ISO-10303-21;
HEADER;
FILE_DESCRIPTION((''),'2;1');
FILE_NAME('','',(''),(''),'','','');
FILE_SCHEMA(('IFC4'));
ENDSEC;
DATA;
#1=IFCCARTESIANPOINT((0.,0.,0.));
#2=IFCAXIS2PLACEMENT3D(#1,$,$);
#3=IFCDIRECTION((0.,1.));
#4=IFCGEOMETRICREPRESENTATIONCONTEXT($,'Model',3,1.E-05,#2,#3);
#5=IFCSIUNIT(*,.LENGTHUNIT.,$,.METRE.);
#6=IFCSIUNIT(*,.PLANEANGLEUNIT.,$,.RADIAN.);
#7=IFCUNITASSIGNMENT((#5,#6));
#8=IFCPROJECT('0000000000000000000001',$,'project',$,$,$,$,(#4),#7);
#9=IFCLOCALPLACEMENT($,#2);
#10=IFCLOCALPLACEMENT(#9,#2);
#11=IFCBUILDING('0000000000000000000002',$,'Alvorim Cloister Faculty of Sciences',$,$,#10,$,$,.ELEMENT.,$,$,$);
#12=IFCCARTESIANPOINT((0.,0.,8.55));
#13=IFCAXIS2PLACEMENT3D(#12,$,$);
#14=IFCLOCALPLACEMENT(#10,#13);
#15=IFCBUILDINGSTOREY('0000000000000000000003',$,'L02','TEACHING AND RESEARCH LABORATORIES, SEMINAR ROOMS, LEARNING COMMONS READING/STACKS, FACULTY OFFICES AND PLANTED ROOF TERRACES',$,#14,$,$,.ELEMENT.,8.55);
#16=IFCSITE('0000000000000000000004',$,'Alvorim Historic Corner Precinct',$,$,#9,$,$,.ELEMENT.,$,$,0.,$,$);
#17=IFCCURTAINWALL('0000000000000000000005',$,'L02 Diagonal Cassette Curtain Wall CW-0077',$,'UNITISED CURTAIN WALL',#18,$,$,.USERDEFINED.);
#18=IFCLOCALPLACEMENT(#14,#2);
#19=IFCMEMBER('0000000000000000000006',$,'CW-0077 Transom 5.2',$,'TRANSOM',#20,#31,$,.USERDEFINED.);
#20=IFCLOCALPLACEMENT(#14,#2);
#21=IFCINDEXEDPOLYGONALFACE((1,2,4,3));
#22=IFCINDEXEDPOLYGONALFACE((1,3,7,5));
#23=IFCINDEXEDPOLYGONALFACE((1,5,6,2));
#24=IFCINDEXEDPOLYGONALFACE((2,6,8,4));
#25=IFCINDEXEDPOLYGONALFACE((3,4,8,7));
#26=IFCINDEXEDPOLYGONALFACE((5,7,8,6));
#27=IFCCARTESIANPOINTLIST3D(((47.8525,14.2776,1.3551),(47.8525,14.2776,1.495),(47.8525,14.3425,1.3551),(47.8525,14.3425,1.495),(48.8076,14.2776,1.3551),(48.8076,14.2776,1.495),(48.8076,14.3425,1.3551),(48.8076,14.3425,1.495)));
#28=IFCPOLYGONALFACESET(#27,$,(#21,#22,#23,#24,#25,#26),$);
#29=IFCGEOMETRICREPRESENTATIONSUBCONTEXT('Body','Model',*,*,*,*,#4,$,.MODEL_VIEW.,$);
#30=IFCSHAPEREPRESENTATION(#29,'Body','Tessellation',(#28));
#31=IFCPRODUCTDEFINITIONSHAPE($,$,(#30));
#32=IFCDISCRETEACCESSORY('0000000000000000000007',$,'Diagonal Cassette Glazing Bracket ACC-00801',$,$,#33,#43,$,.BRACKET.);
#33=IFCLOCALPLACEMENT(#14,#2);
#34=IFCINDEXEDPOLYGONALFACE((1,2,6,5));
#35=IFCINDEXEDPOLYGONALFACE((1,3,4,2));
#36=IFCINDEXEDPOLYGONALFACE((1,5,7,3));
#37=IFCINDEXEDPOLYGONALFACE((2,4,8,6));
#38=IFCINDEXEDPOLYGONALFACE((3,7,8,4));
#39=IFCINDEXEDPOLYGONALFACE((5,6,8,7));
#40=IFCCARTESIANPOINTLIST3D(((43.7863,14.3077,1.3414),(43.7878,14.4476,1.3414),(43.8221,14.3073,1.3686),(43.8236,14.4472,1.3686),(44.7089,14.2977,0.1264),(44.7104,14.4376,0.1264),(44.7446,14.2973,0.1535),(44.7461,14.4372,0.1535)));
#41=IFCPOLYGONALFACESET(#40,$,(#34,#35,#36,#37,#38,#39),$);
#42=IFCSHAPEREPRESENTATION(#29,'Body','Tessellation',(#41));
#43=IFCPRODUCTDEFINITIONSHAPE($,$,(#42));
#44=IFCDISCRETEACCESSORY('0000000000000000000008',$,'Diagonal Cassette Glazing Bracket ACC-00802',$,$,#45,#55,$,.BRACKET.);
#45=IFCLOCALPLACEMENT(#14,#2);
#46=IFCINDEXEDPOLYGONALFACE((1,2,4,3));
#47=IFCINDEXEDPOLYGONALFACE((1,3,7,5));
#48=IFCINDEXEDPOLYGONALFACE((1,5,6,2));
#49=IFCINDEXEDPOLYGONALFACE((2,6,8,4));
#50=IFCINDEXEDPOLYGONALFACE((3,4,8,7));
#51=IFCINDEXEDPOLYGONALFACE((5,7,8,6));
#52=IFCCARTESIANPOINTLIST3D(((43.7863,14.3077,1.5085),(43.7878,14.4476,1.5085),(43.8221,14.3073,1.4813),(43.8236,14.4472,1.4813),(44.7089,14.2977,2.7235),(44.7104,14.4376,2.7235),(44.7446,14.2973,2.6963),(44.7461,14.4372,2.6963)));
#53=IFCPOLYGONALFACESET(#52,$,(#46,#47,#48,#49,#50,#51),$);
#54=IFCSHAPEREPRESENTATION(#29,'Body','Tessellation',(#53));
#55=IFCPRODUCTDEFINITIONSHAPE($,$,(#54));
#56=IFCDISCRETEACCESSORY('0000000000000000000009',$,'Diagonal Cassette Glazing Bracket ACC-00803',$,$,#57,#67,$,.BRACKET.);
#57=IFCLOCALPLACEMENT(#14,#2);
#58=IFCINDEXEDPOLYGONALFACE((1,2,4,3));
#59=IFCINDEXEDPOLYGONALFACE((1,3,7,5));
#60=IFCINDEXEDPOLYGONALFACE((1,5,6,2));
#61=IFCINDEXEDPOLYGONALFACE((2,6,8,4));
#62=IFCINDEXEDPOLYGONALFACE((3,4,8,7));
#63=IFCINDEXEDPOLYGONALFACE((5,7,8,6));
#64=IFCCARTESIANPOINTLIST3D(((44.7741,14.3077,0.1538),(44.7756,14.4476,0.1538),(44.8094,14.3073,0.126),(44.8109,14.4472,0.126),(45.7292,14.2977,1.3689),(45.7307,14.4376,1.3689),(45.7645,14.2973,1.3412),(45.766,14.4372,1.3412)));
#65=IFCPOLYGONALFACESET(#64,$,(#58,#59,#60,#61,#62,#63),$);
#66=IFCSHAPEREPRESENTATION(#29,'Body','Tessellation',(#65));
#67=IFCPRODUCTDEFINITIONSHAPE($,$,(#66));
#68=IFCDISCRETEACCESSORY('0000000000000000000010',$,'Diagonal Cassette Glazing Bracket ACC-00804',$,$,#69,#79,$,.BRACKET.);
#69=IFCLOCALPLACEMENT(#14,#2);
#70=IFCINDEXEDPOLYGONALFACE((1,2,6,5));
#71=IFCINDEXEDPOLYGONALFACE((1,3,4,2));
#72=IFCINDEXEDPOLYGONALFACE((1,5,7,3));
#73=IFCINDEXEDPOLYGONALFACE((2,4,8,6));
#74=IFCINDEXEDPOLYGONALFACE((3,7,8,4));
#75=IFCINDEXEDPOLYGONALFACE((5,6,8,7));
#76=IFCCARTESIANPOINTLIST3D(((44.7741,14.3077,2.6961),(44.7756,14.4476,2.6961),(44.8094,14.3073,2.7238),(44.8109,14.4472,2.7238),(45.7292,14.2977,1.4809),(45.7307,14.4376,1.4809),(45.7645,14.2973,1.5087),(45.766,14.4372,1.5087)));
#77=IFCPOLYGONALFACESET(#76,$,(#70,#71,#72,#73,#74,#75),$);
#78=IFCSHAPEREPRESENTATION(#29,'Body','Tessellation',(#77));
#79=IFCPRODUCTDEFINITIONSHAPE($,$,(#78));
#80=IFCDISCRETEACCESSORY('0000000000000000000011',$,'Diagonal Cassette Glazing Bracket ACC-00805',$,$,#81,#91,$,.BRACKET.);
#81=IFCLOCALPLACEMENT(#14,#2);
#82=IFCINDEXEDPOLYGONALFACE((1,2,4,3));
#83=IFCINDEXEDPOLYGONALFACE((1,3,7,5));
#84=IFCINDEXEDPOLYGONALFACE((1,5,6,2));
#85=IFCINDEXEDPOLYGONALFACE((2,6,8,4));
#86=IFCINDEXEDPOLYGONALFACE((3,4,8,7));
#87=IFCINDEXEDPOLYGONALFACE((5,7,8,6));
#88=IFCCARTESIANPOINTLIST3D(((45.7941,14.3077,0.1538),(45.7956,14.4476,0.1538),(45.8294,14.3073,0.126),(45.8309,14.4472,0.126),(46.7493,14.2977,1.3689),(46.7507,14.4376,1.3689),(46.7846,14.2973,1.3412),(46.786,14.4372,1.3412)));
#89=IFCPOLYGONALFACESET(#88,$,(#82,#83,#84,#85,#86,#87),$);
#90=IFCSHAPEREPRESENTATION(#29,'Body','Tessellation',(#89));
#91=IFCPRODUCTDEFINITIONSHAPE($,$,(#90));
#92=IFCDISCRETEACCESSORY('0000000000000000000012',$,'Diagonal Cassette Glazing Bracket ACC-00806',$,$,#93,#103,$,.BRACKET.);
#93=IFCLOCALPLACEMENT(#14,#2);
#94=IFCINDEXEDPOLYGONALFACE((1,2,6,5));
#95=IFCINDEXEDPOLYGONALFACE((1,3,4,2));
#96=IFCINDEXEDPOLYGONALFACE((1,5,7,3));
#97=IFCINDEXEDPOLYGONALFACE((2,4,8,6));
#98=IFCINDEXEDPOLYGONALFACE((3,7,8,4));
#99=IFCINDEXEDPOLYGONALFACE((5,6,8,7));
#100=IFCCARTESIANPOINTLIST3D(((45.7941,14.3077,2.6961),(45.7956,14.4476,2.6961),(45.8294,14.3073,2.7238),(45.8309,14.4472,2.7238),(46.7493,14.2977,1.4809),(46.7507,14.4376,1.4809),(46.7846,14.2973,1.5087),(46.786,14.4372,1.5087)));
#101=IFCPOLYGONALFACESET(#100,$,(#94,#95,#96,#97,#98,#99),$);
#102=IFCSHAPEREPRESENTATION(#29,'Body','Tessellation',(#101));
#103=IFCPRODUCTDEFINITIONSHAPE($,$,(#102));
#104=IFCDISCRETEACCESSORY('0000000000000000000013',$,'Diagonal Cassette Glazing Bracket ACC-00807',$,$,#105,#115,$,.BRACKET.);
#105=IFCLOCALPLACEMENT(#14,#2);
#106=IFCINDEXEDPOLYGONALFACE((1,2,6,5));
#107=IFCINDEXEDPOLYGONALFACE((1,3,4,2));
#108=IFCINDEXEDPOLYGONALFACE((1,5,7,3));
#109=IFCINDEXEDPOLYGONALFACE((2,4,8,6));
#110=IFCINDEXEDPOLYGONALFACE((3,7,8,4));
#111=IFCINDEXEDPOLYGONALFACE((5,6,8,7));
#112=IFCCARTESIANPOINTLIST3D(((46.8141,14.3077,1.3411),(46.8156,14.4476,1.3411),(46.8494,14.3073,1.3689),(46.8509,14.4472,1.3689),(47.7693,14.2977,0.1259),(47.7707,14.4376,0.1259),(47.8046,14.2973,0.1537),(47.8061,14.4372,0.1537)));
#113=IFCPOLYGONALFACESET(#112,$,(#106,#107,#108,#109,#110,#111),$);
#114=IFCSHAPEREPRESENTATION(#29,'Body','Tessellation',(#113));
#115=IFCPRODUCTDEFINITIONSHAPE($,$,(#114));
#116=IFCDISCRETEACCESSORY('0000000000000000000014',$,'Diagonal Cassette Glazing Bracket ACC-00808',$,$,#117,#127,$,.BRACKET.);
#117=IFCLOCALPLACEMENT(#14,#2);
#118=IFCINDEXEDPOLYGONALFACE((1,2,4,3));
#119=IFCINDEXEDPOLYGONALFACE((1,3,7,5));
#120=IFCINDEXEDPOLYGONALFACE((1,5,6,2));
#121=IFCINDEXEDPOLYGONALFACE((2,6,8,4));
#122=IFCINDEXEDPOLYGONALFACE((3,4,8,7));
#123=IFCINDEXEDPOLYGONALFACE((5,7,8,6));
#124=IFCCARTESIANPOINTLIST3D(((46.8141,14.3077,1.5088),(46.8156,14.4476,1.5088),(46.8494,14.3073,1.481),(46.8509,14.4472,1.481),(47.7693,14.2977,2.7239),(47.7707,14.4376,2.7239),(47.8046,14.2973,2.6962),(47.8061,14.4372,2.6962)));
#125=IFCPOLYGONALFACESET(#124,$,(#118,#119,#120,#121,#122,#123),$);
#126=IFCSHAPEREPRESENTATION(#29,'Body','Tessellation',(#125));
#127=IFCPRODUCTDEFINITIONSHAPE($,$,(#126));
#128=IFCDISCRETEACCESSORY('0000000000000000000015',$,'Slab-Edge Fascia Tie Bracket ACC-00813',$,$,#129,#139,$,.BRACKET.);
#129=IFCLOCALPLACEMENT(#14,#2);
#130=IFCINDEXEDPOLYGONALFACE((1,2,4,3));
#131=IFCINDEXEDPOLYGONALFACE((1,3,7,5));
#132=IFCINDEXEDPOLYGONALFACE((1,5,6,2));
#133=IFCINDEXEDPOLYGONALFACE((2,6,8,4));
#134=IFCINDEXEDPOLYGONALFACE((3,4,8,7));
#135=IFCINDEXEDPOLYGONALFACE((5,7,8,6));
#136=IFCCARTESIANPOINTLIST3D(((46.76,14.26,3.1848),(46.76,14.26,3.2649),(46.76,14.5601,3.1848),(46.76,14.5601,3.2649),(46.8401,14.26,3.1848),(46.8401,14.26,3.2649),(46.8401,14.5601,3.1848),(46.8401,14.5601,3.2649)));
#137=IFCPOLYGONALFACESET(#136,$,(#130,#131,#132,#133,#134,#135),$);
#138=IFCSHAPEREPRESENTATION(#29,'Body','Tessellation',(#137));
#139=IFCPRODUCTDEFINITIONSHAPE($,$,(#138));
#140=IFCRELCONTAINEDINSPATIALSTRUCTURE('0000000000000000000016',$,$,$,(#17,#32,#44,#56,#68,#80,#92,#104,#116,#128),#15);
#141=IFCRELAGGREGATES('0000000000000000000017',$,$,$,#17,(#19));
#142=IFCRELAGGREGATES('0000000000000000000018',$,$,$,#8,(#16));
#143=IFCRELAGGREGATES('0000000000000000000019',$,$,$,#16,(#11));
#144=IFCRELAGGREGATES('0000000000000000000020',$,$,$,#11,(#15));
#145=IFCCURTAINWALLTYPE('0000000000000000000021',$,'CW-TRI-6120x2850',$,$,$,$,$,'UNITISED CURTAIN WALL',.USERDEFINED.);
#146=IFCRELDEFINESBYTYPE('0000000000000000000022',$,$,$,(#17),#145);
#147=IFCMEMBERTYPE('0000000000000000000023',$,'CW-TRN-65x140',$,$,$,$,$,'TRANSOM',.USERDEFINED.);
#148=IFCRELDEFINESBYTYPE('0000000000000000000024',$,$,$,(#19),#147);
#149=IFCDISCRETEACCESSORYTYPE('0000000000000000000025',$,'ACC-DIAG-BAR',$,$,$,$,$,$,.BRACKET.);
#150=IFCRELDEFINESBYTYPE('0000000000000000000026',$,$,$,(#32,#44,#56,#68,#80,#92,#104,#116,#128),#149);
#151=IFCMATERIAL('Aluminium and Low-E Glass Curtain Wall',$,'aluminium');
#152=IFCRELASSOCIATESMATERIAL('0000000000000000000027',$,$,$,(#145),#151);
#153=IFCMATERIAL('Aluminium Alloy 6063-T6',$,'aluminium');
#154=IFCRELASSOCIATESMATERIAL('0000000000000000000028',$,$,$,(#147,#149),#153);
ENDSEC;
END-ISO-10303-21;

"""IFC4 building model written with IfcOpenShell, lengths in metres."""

from ifc_helpers import new_model, si_unit, direction, frame, origin, origin_2d, place, context, subcontext, project, spatial, rectangle, extrude, material, material_profile, profile_set, type_object, element, aggregate, save


model = new_model("IFC4")

# Units and contexts
model_context = context("Model", 3, precision=1e-05, world=origin(), true_north=direction((0.0, 1.0)))
body_context = subcontext(model_context, "Body", "Model", "MODEL_VIEW")
ifc_project = project(units=[si_unit("LENGTHUNIT", "METRE"), si_unit("PLANEANGLEUNIT", "RADIAN")], contexts=[model_context])

# Site, building, storey
site_placement = place(None, origin())
site = spatial("IfcSite", under=ifc_project, at=site_placement, Name="Alvorim Historic Corner Precinct", CompositionType="ELEMENT", RefElevation=0.0)
building_placement = place(site_placement, origin())
building = spatial("IfcBuilding", under=site, at=building_placement, Name="Alvorim Cloister Faculty of Sciences", CompositionType="ELEMENT")
storey_placement = place(building_placement, frame((0.0, 0.0, 8.55)))
storey = spatial("IfcBuildingStorey", under=building, at=storey_placement, Name="L02", Description="TEACHING AND RESEARCH LABORATORIES, SEMINAR ROOMS, LEARNING COMMONS READING/STACKS, FACULTY OFFICES AND PLANTED ROOF TERRACES", CompositionType="ELEMENT", Elevation=8.55)

# Curtain wall, member
ifc_material_1 = material(Name="Aluminium and Low-E Glass Curtain Wall", Category="aluminium")
curtain_wall_type = type_object("IfcCurtainWallType", Name="CW-TRI-6120x2850", ElementType="UNITISED CURTAIN WALL", PredefinedType="USERDEFINED", material=ifc_material_1)
curtain_wall_placement = place(storey_placement, origin())
curtain_wall = element("IfcCurtainWall", 1, at=curtain_wall_placement, inside=storey, type_object=curtain_wall_type, Name="L02 Diagonal Cassette Curtain Wall CW-0077", ObjectType="UNITISED CURTAIN WALL", PredefinedType="USERDEFINED")
ifc_material_2 = material(Name="Aluminium Alloy 6063-T6", Category="aluminium")
ifc_material_profile_1 = material_profile(ifc_material_2, rectangle(XDim=0.0649, YDim=0.1399, at=origin_2d()), Name="ALU-TRN-65x140")
ifc_profile_set_1 = profile_set([ifc_material_profile_1], Name="Aluminium Alloy 6063-T6")
member_type_1 = type_object("IfcMemberType", Name="CW-TRN-65x140", ElementType="TRANSOM", PredefinedType="USERDEFINED", material=ifc_profile_set_1)
member_1_placement = place(storey_placement, frame((47.8525, 14.3101, 1.425), z_axis=(1.0, 0.0, 0.0), x_axis=(0.0, 1.0, 0.0)))
member_1 = element("IfcMember", 2, at=member_1_placement, type_object=member_type_1, Name="CW-0077 Transom 5.2", ObjectType="TRANSOM", PredefinedType="USERDEFINED", context=body_context, shape_type="SweptSolid", body=[
    extrude(rectangle(XDim=0.0649, YDim=0.1399, at=origin_2d()), origin(), (0.0, 0.0, 1.0), 0.9551),
])
aggregate(curtain_wall, [member_1])

# Discrete accessories
discrete_accessory_type = type_object("IfcDiscreteAccessoryType", Name="ACC-DIAG-BAR", PredefinedType="BRACKET", material=ifc_material_2)
for number, where, z_axis, x_axis, name in (
    (3, (43.8049, 14.3774, 1.355), (0.604713, -0.006561, -0.796416), (0.010849, 0.999941, 0.0), "Diagonal Cassette Glazing Bracket ACC-00801"),
    (4, (43.8049, 14.3774, 1.4949), (0.604713, -0.006561, 0.796416), (0.010849, 0.999941, 0.0), "Diagonal Cassette Glazing Bracket ACC-00802"),
):
    element("IfcDiscreteAccessory", number, at=place(storey_placement, frame(where, z_axis=z_axis, x_axis=x_axis)), inside=storey, type_object=discrete_accessory_type, Name=name, PredefinedType="BRACKET", context=body_context, shape_type="SweptSolid", body=[
        extrude(rectangle(XDim=0.1399, YDim=0.0449, at=origin_2d()), origin(), (0.0, 0.0, 1.0), 1.5256),
    ])
for number, where, z_axis, x_axis, name in (
    (5, (44.7925, 14.3774, 0.1399), (0.617955, -0.006477, 0.786187), (0.01048, 0.999945, 0.0), "Diagonal Cassette Glazing Bracket ACC-00803"),
    (6, (44.7925, 14.3774, 2.71), (0.617955, -0.006477, -0.786187), (0.01048, 0.999945, 0.0), "Diagonal Cassette Glazing Bracket ACC-00804"),
    (7, (45.8125, 14.3774, 0.1399), (0.617955, -0.006477, 0.786187), (0.01048, 0.999945, 0.0), "Diagonal Cassette Glazing Bracket ACC-00805"),
    (8, (45.8125, 14.3774, 2.71), (0.617955, -0.006477, -0.786187), (0.01048, 0.999945, 0.0), "Diagonal Cassette Glazing Bracket ACC-00806"),
    (9, (46.8325, 14.3774, 1.355), (0.617955, -0.006477, -0.786187), (0.01048, 0.999945, 0.0), "Diagonal Cassette Glazing Bracket ACC-00807"),
    (10, (46.8325, 14.3774, 1.4949), (0.617955, -0.006477, 0.786187), (0.01048, 0.999945, 0.0), "Diagonal Cassette Glazing Bracket ACC-00808"),
):
    element("IfcDiscreteAccessory", number, at=place(storey_placement, frame(where, z_axis=z_axis, x_axis=x_axis)), inside=storey, type_object=discrete_accessory_type, Name=name, PredefinedType="BRACKET", context=body_context, shape_type="SweptSolid", body=[
        extrude(rectangle(XDim=0.1399, YDim=0.0449, at=origin_2d()), origin(), (0.0, 0.0, 1.0), 1.5457),
    ])
discrete_accessory_placement = place(storey_placement, frame((46.8, 14.26, 3.2249), z_axis=(0.0, 1.0, 0.0), x_axis=(-1.0, 0.0, 0.0)))
element("IfcDiscreteAccessory", 11, at=discrete_accessory_placement, inside=storey, type_object=discrete_accessory_type, Name="Slab-Edge Fascia Tie Bracket ACC-00813", PredefinedType="BRACKET", context=body_context, shape_type="SweptSolid", body=[
    extrude(rectangle(XDim=0.0801, YDim=0.0801, at=origin_2d()), origin(), (0.0, 0.0, 1.0), 0.3),
])

save(model, "model.ifc")
